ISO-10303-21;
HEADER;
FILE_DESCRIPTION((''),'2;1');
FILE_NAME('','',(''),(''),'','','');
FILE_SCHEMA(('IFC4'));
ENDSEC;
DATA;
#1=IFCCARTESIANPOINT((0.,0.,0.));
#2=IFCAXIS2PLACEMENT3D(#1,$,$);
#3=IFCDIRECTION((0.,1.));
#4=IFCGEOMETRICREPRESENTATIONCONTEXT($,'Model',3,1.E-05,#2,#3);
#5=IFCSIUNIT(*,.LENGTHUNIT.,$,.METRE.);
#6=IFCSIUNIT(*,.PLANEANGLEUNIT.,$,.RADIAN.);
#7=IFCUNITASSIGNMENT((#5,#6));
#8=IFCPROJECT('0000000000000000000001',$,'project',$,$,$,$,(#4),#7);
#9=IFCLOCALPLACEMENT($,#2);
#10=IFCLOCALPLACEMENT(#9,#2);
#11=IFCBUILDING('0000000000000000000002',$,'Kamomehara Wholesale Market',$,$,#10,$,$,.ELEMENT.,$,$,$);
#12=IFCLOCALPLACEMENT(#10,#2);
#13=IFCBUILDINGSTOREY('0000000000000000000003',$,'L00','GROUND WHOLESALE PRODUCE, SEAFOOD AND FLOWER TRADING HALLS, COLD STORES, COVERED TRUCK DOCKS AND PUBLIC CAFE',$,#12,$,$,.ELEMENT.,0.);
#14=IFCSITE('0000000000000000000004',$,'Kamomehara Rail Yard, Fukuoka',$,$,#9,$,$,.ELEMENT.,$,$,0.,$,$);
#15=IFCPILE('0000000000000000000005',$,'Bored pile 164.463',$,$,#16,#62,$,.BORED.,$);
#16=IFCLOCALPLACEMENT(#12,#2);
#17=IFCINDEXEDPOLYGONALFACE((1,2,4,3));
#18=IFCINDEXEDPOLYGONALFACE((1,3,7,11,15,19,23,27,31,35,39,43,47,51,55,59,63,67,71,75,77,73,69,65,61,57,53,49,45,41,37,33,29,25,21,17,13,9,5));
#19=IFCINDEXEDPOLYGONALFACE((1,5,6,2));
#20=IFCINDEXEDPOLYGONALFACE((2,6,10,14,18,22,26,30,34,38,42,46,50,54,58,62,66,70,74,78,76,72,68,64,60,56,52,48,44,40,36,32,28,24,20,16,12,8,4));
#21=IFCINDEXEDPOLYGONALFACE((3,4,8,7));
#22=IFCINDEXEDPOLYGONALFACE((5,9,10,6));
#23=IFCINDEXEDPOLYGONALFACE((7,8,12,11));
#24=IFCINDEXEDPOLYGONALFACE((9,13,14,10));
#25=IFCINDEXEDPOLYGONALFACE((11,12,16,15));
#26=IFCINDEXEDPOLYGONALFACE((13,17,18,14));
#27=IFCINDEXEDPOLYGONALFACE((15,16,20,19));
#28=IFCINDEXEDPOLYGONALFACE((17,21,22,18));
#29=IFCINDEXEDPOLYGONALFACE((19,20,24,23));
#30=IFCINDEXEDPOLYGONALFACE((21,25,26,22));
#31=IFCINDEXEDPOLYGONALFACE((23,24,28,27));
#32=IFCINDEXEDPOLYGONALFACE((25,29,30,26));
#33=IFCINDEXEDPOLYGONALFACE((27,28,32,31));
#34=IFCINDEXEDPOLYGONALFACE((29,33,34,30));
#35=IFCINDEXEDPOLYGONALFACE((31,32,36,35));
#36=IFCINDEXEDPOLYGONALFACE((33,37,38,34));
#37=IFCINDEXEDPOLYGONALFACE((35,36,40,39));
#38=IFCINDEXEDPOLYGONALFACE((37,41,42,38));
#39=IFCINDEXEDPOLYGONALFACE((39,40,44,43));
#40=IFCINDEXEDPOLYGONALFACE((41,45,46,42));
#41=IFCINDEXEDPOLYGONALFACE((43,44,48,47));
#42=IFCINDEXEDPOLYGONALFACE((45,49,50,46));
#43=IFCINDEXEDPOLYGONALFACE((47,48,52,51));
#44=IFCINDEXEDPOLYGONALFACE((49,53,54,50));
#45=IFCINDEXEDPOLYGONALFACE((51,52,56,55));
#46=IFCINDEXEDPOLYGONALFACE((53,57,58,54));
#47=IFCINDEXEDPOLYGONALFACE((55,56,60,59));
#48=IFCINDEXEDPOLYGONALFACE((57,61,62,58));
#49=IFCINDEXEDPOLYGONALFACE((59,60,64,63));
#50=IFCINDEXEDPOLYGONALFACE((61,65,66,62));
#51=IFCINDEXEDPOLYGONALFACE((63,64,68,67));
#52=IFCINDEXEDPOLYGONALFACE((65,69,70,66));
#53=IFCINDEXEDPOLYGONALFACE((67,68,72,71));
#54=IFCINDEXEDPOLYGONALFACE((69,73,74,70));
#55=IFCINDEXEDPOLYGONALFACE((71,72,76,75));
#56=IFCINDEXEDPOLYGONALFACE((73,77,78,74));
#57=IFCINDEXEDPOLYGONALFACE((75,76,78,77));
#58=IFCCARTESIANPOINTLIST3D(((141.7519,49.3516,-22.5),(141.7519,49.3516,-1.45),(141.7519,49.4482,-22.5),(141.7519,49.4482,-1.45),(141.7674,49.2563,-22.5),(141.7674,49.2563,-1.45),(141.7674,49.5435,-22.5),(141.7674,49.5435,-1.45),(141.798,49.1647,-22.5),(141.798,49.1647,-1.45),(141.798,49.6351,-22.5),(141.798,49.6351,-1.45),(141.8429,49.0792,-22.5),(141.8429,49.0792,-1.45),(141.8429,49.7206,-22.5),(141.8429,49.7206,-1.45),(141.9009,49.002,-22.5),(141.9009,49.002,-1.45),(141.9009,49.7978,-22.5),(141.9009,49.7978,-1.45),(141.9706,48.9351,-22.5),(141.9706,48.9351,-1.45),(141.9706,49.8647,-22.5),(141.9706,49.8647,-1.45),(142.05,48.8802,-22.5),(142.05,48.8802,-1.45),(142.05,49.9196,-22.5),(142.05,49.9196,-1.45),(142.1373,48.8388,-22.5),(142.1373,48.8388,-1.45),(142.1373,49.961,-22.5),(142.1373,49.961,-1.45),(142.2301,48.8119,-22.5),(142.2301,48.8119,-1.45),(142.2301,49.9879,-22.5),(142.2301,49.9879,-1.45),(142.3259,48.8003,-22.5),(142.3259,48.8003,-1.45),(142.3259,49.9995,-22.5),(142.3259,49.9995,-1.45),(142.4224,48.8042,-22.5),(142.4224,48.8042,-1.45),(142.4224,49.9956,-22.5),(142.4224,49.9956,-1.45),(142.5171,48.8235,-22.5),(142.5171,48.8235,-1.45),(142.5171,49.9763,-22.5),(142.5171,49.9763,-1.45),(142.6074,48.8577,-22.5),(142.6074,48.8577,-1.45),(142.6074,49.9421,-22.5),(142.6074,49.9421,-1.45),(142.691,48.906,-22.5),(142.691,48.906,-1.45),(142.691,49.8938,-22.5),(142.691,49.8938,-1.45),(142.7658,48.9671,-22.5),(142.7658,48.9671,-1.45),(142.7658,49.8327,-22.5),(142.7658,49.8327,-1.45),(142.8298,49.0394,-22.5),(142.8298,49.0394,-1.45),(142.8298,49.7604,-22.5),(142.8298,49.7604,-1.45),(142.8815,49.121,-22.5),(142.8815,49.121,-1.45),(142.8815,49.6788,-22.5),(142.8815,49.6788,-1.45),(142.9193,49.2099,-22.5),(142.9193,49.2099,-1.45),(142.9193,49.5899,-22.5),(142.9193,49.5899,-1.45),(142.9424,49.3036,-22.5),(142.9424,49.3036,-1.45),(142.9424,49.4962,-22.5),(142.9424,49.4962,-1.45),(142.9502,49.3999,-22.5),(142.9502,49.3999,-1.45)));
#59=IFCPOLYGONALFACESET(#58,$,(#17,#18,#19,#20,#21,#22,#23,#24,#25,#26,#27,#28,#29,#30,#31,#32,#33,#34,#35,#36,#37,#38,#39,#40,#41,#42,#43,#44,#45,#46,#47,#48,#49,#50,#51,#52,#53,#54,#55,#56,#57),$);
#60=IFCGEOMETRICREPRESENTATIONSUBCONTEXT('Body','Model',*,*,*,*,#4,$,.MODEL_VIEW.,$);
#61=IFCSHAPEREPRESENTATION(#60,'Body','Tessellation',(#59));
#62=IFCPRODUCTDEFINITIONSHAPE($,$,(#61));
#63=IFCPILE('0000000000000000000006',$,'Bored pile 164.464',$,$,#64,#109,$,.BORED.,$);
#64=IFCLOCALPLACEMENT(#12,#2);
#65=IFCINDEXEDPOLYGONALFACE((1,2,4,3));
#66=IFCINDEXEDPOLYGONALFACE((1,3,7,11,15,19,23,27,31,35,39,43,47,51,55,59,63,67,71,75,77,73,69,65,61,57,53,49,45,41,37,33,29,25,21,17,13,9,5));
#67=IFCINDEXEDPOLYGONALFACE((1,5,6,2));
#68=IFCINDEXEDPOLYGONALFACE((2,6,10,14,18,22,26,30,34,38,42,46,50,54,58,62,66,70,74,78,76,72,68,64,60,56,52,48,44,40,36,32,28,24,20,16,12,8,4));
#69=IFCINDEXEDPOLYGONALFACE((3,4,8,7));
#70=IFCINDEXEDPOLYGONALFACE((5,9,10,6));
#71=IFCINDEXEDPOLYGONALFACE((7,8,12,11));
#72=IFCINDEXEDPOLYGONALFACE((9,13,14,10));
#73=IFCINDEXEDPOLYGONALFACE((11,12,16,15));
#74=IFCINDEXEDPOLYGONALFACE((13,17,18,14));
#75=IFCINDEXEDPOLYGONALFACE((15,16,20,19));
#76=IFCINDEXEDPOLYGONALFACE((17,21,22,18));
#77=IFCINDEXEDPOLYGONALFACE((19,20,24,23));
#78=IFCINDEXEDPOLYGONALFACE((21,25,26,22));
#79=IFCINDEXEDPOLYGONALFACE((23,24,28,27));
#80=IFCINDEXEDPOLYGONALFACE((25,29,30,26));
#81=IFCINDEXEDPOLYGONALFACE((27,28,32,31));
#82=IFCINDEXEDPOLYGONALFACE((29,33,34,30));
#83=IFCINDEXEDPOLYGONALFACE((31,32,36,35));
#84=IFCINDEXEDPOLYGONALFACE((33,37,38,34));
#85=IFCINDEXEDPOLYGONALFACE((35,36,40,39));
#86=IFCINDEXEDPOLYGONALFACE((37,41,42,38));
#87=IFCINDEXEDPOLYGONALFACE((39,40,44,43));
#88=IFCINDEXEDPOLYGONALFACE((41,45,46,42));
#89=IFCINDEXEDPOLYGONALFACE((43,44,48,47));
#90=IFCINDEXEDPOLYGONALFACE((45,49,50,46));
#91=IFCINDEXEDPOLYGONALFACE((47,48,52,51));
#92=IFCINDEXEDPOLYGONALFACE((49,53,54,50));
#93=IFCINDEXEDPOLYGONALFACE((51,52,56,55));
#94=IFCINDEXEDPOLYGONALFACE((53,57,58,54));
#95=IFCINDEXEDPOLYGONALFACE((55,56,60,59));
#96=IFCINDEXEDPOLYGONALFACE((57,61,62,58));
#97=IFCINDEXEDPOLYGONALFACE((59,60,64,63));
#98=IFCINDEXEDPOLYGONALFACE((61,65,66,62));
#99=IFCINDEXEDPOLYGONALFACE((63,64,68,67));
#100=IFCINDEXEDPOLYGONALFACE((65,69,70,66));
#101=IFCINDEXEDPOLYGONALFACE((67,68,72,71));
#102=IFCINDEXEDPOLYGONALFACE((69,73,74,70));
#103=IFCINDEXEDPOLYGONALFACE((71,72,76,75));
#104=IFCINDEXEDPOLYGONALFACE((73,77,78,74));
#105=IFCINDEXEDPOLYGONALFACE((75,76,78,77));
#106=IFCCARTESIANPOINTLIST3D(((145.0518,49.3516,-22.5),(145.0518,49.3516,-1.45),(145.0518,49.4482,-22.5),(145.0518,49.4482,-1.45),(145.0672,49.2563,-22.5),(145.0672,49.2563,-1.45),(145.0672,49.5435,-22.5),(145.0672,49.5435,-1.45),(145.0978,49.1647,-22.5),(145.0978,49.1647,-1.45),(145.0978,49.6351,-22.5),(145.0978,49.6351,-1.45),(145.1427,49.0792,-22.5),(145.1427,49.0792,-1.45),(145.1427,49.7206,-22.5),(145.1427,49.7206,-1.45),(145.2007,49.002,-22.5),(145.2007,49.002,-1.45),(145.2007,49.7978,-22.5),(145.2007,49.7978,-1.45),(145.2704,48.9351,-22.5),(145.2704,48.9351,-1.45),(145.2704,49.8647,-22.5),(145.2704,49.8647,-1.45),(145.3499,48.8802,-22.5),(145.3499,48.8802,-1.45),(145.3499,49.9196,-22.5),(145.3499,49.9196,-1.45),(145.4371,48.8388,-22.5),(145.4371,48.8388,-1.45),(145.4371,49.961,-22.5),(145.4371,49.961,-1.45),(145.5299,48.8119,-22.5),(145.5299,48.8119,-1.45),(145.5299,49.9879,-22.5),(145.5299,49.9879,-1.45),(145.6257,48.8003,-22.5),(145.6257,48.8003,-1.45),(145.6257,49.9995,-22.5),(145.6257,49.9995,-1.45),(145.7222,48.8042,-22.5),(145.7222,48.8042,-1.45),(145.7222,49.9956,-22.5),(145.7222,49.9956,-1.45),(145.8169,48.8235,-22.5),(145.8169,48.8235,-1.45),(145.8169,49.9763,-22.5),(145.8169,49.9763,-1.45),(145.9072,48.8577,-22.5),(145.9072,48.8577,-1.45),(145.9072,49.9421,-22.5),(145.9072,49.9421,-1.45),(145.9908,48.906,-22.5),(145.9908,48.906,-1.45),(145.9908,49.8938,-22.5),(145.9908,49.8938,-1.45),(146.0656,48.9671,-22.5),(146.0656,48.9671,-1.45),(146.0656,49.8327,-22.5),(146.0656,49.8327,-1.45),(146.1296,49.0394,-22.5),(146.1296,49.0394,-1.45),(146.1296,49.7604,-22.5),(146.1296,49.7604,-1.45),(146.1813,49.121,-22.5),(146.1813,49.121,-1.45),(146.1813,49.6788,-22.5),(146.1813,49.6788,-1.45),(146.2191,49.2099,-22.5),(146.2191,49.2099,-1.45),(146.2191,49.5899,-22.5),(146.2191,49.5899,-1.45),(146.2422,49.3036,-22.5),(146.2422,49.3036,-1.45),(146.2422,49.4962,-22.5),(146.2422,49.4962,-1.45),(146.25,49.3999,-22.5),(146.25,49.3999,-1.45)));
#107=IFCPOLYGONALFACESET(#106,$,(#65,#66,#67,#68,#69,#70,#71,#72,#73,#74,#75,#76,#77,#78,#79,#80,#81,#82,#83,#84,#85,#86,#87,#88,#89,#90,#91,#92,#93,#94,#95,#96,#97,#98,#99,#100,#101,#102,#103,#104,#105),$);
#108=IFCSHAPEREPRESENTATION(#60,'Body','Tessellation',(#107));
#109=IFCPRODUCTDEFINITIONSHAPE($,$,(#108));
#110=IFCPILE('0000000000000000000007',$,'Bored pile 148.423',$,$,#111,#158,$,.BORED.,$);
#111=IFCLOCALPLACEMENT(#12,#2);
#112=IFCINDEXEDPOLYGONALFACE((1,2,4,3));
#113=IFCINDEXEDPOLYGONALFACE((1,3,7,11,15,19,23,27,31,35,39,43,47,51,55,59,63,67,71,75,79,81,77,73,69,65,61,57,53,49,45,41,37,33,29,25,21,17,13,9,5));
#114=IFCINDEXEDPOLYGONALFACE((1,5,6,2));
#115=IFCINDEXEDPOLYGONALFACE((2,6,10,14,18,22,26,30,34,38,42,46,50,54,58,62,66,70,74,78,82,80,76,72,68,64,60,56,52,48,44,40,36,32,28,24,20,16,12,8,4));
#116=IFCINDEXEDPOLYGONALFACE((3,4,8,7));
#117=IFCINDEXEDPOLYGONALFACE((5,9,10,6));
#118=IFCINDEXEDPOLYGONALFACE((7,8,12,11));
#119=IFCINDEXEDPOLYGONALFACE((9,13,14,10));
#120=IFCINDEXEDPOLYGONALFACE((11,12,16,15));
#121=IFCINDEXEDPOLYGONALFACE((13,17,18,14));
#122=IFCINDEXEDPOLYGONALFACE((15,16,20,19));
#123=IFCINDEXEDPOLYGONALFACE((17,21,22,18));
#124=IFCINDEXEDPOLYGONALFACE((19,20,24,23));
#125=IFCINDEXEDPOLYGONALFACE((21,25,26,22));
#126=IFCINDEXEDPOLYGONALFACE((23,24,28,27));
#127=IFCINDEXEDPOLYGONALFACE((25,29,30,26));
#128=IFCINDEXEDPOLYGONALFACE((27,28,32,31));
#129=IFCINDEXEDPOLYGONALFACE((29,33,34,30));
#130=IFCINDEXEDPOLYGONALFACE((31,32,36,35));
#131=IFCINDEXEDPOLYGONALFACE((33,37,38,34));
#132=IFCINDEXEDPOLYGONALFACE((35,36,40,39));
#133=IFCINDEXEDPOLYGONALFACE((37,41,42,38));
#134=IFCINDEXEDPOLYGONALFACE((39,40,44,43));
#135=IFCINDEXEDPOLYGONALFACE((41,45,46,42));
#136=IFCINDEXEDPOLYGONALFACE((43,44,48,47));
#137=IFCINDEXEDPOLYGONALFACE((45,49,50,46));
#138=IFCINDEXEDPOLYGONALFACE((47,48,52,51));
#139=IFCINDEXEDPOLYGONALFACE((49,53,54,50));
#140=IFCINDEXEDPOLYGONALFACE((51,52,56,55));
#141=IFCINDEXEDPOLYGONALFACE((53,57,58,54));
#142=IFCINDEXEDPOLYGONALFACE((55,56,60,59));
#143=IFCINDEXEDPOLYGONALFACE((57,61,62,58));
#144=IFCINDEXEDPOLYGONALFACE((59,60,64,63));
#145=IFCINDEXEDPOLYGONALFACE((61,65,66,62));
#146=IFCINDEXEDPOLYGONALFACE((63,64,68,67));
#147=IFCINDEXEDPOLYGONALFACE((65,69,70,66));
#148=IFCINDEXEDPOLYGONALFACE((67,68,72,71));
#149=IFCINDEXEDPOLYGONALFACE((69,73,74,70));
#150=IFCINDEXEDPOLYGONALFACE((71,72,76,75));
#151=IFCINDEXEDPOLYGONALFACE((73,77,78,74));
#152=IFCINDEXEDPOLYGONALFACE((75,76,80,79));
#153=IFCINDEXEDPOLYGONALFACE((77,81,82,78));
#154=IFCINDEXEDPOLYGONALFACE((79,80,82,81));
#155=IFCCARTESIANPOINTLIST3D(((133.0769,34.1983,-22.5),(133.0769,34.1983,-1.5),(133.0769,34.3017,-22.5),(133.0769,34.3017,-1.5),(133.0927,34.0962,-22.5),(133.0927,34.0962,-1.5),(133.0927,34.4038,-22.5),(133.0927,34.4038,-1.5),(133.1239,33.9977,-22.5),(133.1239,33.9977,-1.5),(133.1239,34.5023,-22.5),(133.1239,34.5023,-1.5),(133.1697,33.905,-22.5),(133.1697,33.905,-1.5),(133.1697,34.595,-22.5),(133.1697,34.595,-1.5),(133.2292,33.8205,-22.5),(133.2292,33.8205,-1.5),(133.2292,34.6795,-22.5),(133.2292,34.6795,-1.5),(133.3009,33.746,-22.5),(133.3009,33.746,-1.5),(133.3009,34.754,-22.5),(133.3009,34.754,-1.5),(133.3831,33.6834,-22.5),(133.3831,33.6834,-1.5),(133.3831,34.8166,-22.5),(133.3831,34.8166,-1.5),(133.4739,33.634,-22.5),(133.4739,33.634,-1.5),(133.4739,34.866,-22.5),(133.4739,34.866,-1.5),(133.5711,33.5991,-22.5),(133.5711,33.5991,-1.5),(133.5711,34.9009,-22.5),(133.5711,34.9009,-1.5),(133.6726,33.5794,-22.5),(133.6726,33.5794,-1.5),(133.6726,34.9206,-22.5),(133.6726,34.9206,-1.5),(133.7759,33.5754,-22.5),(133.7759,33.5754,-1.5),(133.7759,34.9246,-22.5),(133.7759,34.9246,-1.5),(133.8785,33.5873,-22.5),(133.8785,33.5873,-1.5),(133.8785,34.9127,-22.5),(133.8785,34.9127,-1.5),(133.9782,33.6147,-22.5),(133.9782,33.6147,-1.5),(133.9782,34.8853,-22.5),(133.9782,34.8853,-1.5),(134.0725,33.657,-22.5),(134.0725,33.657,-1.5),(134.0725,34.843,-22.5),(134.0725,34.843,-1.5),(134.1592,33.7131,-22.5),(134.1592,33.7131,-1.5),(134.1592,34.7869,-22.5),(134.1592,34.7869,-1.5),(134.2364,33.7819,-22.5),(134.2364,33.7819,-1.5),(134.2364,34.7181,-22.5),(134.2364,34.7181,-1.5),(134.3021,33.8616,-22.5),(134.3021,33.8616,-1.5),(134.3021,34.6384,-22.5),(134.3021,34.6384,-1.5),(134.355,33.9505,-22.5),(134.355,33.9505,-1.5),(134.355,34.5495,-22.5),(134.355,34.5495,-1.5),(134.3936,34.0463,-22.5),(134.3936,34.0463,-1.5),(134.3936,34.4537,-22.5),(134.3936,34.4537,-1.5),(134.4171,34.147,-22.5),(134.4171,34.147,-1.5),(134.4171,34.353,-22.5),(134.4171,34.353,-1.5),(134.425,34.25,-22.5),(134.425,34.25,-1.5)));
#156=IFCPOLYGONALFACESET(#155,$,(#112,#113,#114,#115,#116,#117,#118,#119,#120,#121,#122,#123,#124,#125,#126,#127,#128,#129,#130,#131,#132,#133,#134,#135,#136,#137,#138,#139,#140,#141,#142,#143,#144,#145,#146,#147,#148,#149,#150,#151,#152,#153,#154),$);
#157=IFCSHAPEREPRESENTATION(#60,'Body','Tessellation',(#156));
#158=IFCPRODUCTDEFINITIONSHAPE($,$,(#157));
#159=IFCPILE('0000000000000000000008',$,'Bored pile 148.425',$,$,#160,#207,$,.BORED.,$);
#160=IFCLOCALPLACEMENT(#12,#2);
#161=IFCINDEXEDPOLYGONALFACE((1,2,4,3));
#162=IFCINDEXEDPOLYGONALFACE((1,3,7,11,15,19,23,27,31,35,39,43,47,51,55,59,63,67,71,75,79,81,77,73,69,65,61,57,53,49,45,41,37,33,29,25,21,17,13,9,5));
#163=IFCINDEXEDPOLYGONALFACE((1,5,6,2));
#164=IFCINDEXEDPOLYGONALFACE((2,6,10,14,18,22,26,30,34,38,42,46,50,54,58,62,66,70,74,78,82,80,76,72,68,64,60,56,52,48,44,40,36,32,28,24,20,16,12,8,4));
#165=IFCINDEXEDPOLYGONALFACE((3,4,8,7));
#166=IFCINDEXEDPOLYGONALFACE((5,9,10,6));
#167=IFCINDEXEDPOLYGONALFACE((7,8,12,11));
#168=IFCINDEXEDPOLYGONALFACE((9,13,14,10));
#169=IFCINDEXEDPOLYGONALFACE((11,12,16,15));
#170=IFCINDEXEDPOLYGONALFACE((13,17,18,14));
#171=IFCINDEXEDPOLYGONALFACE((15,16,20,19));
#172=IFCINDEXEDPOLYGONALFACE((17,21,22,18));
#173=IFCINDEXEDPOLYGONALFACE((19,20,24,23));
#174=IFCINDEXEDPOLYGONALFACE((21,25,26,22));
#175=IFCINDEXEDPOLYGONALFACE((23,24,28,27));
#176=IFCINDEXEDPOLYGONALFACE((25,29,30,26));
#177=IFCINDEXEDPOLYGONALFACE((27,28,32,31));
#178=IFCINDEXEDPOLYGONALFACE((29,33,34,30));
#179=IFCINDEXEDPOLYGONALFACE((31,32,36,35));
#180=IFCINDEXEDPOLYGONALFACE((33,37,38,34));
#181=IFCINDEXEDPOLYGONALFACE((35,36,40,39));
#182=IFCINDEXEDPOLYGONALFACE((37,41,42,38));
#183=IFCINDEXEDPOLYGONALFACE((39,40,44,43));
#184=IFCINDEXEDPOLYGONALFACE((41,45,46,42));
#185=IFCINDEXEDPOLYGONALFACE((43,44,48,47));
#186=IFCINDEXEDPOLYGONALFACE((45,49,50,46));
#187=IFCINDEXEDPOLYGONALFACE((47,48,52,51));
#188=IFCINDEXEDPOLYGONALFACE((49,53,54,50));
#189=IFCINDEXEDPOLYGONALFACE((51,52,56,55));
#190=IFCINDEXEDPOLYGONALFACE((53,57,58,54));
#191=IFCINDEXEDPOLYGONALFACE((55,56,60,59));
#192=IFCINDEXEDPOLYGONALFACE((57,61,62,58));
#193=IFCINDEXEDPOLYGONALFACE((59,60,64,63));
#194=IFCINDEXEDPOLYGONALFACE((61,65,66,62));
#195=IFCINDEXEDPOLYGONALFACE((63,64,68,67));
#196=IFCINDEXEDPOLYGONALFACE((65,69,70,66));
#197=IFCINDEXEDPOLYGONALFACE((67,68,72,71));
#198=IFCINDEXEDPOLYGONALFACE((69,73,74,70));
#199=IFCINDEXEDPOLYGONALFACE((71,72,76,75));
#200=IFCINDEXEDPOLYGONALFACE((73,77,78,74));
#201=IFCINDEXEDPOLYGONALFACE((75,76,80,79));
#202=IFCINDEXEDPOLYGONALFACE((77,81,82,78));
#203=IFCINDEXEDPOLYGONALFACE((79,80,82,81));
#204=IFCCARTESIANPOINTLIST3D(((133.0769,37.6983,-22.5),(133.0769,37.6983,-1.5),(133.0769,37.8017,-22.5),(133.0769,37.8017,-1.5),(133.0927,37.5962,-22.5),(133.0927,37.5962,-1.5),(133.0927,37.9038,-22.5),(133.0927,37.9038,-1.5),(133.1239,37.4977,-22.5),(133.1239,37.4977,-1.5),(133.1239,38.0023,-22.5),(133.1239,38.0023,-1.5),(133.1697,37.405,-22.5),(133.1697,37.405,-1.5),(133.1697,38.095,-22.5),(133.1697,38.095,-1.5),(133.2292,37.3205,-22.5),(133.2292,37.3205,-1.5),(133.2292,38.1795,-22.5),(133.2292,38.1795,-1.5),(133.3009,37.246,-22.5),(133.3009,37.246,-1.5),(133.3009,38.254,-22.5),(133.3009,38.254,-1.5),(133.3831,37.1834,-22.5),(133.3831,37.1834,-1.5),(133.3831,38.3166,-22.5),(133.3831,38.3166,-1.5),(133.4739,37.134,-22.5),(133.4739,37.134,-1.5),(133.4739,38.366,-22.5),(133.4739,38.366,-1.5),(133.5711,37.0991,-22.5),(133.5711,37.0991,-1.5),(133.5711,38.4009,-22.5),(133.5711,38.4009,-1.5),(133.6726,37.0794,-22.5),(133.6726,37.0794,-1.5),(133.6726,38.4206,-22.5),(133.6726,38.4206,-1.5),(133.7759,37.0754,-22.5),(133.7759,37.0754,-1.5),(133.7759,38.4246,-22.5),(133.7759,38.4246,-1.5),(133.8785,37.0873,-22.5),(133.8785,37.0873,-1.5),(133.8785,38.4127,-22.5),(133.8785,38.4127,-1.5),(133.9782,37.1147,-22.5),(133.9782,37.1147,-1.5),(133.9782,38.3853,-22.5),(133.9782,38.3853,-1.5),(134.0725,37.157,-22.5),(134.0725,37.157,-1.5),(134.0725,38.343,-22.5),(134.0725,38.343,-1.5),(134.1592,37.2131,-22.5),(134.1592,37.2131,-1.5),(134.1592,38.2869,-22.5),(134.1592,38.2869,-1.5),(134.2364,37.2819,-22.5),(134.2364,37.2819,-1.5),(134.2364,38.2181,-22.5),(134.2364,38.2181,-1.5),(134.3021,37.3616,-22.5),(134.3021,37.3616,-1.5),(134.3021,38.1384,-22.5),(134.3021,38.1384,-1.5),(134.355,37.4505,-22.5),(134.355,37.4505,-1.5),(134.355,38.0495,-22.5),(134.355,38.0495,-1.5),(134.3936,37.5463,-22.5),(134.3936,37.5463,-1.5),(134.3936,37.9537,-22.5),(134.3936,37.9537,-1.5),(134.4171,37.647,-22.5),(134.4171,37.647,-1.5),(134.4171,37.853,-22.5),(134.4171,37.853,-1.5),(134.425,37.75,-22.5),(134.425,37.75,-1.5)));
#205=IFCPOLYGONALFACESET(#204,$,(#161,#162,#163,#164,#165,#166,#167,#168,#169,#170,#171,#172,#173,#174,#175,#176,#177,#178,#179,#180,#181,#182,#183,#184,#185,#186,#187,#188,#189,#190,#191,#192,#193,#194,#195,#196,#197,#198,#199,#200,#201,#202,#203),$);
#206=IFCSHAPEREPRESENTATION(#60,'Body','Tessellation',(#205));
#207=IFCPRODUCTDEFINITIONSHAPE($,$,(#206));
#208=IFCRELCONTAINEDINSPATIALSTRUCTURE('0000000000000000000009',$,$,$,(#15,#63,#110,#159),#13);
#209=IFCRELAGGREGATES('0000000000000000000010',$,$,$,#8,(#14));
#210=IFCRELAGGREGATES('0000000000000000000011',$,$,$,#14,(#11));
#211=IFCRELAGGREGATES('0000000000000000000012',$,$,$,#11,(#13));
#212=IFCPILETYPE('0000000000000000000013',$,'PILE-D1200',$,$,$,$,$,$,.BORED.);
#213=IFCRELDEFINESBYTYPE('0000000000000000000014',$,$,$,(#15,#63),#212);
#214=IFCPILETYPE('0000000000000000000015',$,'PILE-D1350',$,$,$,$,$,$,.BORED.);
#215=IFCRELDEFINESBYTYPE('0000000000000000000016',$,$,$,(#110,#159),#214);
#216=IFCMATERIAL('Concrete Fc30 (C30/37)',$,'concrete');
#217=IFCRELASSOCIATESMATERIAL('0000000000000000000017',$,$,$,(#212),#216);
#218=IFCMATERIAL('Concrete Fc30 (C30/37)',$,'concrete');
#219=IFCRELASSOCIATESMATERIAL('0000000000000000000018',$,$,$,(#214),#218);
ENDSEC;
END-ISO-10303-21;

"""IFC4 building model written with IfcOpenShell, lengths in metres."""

from ifc_helpers import new_model, si_unit, direction, frame, origin, origin_2d, place, context, subcontext, project, spatial, circle, extrude, material, material_profile, profile_set, type_object, element, save


model = new_model("IFC4")

# Units and contexts
model_context = context("Model", 3, precision=1e-05, world=origin(), true_north=direction((0.0, 1.0)))
body_context = subcontext(model_context, "Body", "Model", "MODEL_VIEW")
ifc_project = project(units=[si_unit("LENGTHUNIT", "METRE"), si_unit("PLANEANGLEUNIT", "RADIAN")], contexts=[model_context])

# Site, building, storey
site_placement = place(None, origin())
site = spatial("IfcSite", under=ifc_project, at=site_placement, Name="Kamomehara Rail Yard, Fukuoka", CompositionType="ELEMENT", RefElevation=0.0)
building_placement = place(site_placement, origin())
building = spatial("IfcBuilding", under=site, at=building_placement, Name="Kamomehara Wholesale Market", CompositionType="ELEMENT")
storey_placement = place(building_placement, origin())
storey = spatial("IfcBuildingStorey", under=building, at=storey_placement, Name="L00", Description="GROUND WHOLESALE PRODUCE, SEAFOOD AND FLOWER TRADING HALLS, COLD STORES, COVERED TRUCK DOCKS AND PUBLIC CAFE", CompositionType="ELEMENT", Elevation=0.0)

# Piles
ifc_material_1 = material(Name="Concrete Fc30 (C30/37)", Category="concrete")
ifc_material_profile_1 = material_profile(ifc_material_1, circle(Radius=0.6001, at=origin_2d()), Name="RC-PILE-D1200")
ifc_profile_set_1 = profile_set([ifc_material_profile_1], Name="Concrete Fc30 (C30/37)")
pile_type_1 = type_object("IfcPileType", Name="PILE-D1200", PredefinedType="BORED", material=ifc_profile_set_1)
for number, where, z_axis, x_axis, name in (
    (1, (142.3501, 49.3999, -1.45), (0.0, 0.0, -1.0), (1.0, 0.0, 0.0), "Bored pile 164.463"),
    (2, (145.6499, 49.3999, -1.45), (0.0, 0.0, -1.0), (1.0, 0.0, 0.0), "Bored pile 164.464"),
):
    element("IfcPile", number, at=place(storey_placement, frame(where, z_axis=z_axis, x_axis=x_axis)), inside=storey, type_object=pile_type_1, Name=name, PredefinedType="BORED", context=body_context, shape_type="SweptSolid", body=[
        extrude(circle(Radius=0.6001, at=origin_2d()), origin(), (0.0, 0.0, 1.0), 21.05),
    ])
ifc_material_2 = material(Name="Concrete Fc30 (C30/37)", Category="concrete")
ifc_material_profile_2 = material_profile(ifc_material_2, circle(Radius=0.675, at=origin_2d()), Name="RC-PILE-D1350")
ifc_profile_set_2 = profile_set([ifc_material_profile_2], Name="Concrete Fc30 (C30/37)")
pile_type_2 = type_object("IfcPileType", Name="PILE-D1350", PredefinedType="BORED", material=ifc_profile_set_2)
for number, where, z_axis, x_axis, name in (
    (3, (133.75, 34.25, -1.5), (0.0, 0.0, -1.0), (1.0, 0.0, 0.0), "Bored pile 148.423"),
    (4, (133.75, 37.75, -1.5), (0.0, 0.0, -1.0), (1.0, 0.0, 0.0), "Bored pile 148.425"),
):
    element("IfcPile", number, at=place(storey_placement, frame(where, z_axis=z_axis, x_axis=x_axis)), inside=storey, type_object=pile_type_2, Name=name, PredefinedType="BORED", context=body_context, shape_type="SweptSolid", body=[
        extrude(circle(Radius=0.675, at=origin_2d()), origin(), (0.0, 0.0, 1.0), 21.0),
    ])

save(model, "model.ifc")
